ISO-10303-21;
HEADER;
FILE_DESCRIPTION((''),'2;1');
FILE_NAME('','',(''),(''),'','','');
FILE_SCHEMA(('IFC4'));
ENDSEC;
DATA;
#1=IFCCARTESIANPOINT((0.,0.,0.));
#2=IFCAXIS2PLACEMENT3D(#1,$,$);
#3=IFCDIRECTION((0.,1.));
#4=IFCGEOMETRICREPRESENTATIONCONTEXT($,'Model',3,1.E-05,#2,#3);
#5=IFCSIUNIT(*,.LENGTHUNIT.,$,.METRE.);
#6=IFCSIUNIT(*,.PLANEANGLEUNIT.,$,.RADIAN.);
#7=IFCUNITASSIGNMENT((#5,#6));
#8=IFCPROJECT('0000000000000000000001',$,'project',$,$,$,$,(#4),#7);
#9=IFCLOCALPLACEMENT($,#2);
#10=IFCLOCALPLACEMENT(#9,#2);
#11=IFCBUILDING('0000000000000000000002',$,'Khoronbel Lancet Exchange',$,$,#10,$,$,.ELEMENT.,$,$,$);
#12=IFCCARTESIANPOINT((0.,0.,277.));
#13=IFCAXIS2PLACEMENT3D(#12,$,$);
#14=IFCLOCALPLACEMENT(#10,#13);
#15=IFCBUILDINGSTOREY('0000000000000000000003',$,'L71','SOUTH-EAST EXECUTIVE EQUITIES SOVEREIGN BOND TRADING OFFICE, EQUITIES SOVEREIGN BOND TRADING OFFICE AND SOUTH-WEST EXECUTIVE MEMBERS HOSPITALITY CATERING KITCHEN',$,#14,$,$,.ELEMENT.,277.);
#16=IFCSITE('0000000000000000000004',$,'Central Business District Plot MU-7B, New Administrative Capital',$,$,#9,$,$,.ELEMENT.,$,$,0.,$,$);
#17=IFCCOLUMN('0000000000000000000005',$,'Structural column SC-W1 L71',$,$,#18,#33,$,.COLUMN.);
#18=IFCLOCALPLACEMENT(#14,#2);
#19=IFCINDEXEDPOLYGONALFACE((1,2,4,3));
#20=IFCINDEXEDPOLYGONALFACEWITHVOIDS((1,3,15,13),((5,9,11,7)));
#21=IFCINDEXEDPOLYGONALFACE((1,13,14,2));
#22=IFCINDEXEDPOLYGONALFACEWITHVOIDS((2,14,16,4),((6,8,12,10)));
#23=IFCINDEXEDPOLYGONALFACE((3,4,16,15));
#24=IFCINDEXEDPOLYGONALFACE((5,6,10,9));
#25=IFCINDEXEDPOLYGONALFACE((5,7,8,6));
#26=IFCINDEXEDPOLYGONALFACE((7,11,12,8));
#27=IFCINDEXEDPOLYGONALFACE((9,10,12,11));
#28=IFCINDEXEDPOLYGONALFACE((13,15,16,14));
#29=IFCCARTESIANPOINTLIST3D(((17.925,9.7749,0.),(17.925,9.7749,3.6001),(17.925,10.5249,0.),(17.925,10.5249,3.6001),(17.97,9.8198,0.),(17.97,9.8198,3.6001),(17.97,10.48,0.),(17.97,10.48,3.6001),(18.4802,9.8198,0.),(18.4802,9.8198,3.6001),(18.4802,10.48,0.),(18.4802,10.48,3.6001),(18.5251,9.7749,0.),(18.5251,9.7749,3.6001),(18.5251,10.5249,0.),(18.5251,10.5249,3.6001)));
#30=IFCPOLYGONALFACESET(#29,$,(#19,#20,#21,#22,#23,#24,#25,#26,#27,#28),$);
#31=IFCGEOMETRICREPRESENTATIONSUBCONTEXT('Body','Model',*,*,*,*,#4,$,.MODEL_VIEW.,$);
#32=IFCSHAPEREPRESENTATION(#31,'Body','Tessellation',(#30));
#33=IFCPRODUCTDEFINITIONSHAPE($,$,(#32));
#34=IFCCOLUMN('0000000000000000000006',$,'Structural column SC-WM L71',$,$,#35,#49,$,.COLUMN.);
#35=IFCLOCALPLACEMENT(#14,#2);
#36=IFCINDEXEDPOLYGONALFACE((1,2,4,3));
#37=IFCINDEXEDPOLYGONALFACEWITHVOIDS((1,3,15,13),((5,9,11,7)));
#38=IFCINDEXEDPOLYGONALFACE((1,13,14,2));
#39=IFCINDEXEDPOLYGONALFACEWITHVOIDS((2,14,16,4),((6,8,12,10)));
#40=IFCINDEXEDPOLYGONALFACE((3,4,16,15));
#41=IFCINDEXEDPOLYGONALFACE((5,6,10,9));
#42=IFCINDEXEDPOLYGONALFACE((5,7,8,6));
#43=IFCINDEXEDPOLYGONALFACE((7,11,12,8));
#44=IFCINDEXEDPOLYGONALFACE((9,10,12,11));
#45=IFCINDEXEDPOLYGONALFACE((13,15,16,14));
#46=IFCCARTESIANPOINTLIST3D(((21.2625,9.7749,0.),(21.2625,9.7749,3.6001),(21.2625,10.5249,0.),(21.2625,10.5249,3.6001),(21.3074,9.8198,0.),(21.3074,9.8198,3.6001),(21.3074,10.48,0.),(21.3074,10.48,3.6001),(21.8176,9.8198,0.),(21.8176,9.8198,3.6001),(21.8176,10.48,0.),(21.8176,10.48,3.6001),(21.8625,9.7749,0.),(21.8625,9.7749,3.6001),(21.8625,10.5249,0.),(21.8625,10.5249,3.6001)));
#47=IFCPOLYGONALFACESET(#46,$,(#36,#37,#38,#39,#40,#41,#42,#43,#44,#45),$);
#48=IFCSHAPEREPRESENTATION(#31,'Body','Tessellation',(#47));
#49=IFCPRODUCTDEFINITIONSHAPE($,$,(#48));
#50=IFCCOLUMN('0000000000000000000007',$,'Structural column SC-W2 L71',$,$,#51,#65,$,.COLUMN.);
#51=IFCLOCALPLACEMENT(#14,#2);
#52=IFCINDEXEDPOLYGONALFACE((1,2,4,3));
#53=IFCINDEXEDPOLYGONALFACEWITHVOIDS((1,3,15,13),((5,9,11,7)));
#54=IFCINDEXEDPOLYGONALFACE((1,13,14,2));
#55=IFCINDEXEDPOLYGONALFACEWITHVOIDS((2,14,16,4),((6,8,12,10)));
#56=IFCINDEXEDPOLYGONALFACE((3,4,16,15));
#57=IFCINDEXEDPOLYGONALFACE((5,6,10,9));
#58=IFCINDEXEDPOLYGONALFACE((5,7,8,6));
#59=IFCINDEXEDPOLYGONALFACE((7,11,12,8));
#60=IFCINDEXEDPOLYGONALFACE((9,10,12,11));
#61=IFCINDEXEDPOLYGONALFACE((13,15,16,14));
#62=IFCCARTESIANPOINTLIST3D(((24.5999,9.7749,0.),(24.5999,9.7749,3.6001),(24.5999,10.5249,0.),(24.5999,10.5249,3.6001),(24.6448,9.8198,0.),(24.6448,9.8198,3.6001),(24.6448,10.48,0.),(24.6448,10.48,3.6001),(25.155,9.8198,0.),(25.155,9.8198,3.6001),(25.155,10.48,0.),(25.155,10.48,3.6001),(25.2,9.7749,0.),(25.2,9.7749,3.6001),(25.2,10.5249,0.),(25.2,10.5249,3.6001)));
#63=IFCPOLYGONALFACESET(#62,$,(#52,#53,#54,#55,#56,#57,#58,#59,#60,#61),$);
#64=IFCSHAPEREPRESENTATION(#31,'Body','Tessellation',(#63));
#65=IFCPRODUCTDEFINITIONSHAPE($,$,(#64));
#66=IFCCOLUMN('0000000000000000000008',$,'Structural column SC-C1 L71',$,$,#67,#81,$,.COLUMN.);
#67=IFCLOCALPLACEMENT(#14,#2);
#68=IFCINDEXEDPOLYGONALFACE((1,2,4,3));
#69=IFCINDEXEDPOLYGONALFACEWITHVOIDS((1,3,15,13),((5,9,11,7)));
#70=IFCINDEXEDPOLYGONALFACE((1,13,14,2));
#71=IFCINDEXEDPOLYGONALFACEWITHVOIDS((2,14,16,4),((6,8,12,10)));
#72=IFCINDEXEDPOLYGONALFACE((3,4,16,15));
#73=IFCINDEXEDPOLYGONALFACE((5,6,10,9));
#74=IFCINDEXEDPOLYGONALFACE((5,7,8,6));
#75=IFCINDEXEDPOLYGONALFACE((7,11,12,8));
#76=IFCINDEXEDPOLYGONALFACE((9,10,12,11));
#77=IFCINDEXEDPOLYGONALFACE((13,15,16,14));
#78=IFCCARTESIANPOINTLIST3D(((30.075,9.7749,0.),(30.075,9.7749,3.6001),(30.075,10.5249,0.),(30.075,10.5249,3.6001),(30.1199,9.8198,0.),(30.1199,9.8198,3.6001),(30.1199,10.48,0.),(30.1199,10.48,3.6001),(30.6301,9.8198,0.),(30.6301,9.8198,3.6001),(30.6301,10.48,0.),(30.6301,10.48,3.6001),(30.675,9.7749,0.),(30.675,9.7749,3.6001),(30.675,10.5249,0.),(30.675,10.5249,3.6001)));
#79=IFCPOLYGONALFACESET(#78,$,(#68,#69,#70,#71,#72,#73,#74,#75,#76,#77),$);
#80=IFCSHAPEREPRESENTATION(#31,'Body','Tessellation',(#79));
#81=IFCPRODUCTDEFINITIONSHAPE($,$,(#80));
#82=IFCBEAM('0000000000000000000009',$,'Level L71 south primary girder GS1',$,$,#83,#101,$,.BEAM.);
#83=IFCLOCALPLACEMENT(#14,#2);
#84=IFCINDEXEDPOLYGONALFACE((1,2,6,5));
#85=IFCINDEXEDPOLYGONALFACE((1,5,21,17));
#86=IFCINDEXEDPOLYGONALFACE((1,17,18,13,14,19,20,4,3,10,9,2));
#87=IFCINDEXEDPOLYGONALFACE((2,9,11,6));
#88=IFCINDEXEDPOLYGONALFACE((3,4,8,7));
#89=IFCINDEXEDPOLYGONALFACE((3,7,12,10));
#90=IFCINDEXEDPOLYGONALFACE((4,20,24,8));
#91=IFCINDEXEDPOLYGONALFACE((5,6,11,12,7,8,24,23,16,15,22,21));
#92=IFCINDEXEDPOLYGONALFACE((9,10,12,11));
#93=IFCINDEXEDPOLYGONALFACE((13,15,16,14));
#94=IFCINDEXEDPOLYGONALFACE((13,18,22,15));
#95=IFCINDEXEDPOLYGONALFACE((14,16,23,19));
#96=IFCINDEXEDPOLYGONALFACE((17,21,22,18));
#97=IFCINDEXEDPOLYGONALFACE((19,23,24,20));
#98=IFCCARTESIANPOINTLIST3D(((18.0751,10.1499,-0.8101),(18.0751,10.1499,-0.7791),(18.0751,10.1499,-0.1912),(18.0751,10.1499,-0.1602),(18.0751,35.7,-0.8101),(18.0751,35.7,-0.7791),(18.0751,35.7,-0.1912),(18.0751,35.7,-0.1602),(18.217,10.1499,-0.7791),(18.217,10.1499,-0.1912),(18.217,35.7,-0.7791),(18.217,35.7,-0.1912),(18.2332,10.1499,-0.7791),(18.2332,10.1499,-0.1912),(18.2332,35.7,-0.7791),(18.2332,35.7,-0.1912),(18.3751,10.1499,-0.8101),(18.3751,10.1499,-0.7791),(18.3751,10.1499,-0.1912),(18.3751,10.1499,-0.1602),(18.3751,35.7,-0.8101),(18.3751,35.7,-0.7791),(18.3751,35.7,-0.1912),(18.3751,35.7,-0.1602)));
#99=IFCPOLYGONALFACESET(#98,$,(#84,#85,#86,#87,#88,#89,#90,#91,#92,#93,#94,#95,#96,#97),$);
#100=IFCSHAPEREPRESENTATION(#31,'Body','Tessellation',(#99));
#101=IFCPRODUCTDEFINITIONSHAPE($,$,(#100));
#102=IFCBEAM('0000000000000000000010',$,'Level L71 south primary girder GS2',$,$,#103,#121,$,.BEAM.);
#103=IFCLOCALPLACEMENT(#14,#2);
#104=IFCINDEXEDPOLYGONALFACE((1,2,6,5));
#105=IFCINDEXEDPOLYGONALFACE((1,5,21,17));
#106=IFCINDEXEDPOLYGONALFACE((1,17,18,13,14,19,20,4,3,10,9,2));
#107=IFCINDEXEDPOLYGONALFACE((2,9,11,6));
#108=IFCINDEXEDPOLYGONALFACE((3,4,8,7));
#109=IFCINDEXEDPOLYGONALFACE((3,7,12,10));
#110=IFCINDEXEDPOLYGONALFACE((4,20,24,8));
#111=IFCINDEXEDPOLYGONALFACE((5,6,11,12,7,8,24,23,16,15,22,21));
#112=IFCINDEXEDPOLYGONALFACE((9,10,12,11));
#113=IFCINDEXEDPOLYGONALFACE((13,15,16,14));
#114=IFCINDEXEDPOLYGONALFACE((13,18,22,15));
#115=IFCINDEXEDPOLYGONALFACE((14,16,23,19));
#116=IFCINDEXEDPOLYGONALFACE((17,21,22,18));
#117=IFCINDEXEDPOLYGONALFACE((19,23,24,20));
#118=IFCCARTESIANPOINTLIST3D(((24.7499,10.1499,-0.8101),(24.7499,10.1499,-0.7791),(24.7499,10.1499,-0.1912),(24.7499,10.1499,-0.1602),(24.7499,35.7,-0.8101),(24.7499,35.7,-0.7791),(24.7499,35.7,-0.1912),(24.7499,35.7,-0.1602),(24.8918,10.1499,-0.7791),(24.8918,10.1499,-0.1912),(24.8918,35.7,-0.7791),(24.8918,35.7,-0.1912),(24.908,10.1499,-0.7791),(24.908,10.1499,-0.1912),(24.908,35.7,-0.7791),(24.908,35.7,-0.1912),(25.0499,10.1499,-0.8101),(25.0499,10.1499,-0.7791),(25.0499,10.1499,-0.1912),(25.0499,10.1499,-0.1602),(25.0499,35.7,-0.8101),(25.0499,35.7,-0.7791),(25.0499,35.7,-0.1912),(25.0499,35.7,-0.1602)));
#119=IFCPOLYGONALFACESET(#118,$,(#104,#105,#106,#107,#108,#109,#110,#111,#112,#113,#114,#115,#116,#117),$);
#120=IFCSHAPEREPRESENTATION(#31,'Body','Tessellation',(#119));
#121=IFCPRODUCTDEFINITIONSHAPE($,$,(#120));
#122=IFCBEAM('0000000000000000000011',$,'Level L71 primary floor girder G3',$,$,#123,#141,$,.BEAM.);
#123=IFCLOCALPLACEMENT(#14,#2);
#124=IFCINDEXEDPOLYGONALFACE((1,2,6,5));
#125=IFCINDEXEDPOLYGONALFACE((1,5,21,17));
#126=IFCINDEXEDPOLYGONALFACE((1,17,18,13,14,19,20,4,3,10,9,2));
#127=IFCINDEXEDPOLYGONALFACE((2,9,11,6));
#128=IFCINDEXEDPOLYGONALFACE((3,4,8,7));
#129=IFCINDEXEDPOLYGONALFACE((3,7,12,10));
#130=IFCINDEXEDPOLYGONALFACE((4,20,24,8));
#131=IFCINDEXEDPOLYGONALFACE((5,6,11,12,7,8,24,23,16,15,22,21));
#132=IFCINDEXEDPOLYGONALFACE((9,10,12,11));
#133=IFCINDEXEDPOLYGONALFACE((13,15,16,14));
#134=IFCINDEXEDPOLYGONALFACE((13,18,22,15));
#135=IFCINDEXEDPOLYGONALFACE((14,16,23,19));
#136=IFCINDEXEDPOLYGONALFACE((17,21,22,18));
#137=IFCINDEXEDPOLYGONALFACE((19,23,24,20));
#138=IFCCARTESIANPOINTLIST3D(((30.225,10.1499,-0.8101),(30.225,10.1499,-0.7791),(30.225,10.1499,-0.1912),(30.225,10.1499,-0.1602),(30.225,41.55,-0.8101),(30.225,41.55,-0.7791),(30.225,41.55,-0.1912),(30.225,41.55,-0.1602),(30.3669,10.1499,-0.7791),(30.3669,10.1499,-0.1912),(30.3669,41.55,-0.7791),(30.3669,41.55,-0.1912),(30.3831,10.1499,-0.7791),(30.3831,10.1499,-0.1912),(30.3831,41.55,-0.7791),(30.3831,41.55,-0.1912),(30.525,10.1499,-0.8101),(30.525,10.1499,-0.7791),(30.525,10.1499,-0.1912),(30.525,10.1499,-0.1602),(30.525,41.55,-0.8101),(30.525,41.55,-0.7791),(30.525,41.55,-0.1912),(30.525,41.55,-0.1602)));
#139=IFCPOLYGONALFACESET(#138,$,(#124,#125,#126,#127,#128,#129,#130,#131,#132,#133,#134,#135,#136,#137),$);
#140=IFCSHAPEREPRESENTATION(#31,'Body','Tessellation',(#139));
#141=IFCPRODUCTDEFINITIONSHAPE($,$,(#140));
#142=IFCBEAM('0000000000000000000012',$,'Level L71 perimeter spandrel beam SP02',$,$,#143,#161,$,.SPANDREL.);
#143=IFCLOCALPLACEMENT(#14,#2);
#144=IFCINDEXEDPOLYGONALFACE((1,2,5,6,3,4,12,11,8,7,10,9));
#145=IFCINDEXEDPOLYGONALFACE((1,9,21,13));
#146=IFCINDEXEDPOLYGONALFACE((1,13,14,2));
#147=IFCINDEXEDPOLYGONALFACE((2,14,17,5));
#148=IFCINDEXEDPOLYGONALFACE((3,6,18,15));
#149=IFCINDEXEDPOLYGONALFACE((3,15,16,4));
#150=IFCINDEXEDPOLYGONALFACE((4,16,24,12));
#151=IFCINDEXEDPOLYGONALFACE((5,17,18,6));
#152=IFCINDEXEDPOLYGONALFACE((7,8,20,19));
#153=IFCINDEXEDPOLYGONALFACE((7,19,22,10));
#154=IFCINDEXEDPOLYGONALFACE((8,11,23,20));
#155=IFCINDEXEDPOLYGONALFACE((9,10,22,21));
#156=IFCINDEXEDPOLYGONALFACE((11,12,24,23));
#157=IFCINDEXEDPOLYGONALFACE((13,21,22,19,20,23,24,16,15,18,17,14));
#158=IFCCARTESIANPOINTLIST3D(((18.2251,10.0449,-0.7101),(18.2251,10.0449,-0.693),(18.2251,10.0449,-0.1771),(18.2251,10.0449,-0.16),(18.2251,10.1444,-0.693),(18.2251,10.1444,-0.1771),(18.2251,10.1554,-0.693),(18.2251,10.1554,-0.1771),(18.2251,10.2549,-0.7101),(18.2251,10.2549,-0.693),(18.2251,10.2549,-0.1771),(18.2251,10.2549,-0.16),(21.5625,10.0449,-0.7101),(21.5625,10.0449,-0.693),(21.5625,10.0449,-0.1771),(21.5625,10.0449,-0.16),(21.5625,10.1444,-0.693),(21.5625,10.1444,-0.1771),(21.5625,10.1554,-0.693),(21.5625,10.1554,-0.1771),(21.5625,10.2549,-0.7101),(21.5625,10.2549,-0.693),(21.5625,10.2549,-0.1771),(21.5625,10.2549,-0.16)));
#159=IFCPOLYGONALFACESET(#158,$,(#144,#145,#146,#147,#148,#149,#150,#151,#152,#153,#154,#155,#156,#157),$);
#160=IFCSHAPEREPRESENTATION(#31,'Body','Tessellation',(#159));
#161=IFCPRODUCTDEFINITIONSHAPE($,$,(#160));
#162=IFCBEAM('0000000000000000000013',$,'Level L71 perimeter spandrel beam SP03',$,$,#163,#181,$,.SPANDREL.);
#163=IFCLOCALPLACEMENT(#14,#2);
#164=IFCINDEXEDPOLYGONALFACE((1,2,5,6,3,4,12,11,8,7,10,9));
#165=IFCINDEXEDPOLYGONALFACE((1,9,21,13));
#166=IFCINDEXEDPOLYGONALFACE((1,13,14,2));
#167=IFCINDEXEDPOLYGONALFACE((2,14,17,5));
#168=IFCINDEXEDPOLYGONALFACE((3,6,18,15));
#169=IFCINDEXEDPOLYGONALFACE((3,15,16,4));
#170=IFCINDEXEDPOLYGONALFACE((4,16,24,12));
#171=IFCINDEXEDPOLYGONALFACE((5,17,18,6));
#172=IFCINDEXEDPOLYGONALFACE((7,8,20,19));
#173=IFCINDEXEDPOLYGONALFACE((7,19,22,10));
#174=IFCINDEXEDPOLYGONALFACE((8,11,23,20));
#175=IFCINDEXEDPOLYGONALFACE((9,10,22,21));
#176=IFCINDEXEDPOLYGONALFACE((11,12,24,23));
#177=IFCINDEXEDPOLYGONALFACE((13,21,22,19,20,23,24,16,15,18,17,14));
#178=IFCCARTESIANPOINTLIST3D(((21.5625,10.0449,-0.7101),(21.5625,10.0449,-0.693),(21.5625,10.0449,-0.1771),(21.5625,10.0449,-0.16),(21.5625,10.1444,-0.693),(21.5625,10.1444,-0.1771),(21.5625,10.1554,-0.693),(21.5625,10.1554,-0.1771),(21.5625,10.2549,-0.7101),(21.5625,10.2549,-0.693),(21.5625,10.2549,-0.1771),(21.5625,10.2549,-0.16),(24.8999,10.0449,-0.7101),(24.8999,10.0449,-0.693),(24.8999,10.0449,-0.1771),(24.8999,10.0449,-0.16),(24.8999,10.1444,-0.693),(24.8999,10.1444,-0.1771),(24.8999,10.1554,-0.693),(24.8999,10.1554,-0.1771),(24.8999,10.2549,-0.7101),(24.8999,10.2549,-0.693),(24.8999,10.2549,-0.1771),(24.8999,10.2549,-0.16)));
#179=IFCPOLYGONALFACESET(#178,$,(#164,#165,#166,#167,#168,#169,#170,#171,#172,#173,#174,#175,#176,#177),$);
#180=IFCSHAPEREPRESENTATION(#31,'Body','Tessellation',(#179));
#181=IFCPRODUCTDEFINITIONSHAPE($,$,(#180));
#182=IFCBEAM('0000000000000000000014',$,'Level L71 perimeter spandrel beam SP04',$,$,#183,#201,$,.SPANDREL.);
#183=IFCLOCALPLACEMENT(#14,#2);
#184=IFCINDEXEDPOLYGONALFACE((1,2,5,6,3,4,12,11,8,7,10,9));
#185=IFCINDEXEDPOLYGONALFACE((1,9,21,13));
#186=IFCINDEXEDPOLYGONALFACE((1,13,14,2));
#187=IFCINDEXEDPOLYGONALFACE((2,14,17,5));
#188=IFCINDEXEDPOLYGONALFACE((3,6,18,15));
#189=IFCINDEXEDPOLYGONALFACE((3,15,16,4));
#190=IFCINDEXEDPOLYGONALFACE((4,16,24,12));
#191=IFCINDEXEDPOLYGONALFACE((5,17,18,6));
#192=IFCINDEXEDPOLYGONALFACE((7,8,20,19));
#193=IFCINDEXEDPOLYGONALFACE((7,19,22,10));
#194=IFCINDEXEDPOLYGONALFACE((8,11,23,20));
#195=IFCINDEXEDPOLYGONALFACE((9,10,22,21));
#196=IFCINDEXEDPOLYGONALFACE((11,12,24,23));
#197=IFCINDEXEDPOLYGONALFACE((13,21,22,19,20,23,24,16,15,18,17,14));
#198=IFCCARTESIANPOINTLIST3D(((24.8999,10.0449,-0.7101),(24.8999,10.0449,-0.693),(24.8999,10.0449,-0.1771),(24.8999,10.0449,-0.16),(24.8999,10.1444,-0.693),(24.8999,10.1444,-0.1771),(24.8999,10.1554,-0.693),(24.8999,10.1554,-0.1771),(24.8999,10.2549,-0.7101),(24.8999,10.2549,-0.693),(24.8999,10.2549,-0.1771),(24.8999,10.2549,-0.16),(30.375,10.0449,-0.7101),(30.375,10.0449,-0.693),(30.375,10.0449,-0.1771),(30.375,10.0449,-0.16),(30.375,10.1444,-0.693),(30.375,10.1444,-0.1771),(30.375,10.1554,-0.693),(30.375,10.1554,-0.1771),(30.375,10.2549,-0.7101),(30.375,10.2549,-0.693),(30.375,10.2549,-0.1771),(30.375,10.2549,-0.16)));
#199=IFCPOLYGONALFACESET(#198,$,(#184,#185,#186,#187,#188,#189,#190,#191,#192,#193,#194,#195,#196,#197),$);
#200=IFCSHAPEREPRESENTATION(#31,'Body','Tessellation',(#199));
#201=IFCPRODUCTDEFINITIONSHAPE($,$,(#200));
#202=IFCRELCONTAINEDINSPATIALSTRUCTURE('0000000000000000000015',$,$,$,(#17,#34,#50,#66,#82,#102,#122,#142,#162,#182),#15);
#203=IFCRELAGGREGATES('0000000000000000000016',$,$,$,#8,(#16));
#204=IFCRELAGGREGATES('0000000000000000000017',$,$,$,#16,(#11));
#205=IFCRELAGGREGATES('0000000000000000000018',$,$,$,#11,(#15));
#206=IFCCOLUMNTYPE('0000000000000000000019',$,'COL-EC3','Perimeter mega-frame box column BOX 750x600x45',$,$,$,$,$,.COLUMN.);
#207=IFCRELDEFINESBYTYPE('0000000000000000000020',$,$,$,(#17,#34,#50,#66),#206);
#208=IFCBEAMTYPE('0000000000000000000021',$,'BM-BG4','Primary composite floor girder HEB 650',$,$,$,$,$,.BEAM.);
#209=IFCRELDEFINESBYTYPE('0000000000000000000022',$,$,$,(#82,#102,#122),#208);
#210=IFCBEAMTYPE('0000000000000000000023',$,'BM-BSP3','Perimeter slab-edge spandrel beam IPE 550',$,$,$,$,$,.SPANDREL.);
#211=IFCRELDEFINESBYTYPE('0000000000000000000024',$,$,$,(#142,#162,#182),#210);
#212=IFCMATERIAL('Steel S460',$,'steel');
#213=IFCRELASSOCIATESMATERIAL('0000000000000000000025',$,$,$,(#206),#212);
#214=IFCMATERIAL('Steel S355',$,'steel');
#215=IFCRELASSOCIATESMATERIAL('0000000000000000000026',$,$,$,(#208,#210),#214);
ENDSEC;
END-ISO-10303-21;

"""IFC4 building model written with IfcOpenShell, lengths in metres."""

from ifc_helpers import new_model, si_unit, direction, frame, origin, origin_2d, place, context, subcontext, project, spatial, hollow_rectangle, i_section, extrude, material, material_profile, profile_set, type_object, element, save


model = new_model("IFC4")

# Units and contexts
model_context = context("Model", 3, precision=1e-05, world=origin(), true_north=direction((0.0, 1.0)))
body_context = subcontext(model_context, "Body", "Model", "MODEL_VIEW")
ifc_project = project(units=[si_unit("LENGTHUNIT", "METRE"), si_unit("PLANEANGLEUNIT", "RADIAN")], contexts=[model_context])

# Site, building, storey
site_placement = place(None, origin())
site = spatial("IfcSite", under=ifc_project, at=site_placement, Name="Central Business District Plot MU-7B, New Administrative Capital", CompositionType="ELEMENT", RefElevation=0.0)
building_placement = place(site_placement, origin())
building = spatial("IfcBuilding", under=site, at=building_placement, Name="Khoronbel Lancet Exchange", CompositionType="ELEMENT")
storey_placement = place(building_placement, frame((0.0, 0.0, 277.0)))
storey = spatial("IfcBuildingStorey", under=building, at=storey_placement, Name="L71", Description="SOUTH-EAST EXECUTIVE EQUITIES SOVEREIGN BOND TRADING OFFICE, EQUITIES SOVEREIGN BOND TRADING OFFICE AND SOUTH-WEST EXECUTIVE MEMBERS HOSPITALITY CATERING KITCHEN", CompositionType="ELEMENT", Elevation=277.0)

# Columns
ifc_material_1 = material(Name="Steel S460", Category="steel")
ifc_material_profile_1 = material_profile(ifc_material_1, hollow_rectangle(XDim=0.6001, YDim=0.75, WallThickness=0.0449, at=origin_2d()), Name="BOX 750x600x45")
ifc_profile_set_1 = profile_set([ifc_material_profile_1], Name="Steel S460")
column_type = type_object("IfcColumnType", Name="COL-EC3", Description="Perimeter mega-frame box column BOX 750x600x45", PredefinedType="COLUMN", material=ifc_profile_set_1)
for number, where, z_axis, x_axis, name in (
    (1, (18.2251, 10.1499, 0.0), (0.0, 0.0, 1.0), (1.0, 0.0, 0.0), "Structural column SC-W1 L71"),
    (2, (21.5625, 10.1499, 0.0), (0.0, 0.0, 1.0), (1.0, 0.0, 0.0), "Structural column SC-WM L71"),
    (3, (24.8999, 10.1499, 0.0), (0.0, 0.0, 1.0), (1.0, 0.0, 0.0), "Structural column SC-W2 L71"),
    (4, (30.375, 10.1499, 0.0), (0.0, 0.0, 1.0), (1.0, 0.0, 0.0), "Structural column SC-C1 L71"),
):
    element("IfcColumn", number, at=place(storey_placement, frame(where, z_axis=z_axis, x_axis=x_axis)), inside=storey, type_object=column_type, Name=name, PredefinedType="COLUMN", context=body_context, shape_type="SweptSolid", body=[
        extrude(hollow_rectangle(XDim=0.6001, YDim=0.75, WallThickness=0.0449, at=origin_2d()), origin(), (0.0, 0.0, 1.0), 3.6001),
    ])

# Beams
ifc_material_2 = material(Name="Steel S355", Category="steel")
ifc_material_profile_2 = material_profile(ifc_material_2, i_section(OverallWidth=0.3, OverallDepth=0.6499, WebThickness=0.0161, FlangeThickness=0.031, at=origin_2d()), Name="HEB 650")
ifc_profile_set_2 = profile_set([ifc_material_profile_2], Name="Steel S355")
beam_type_1 = type_object("IfcBeamType", Name="BM-BG4", Description="Primary composite floor girder HEB 650", PredefinedType="BEAM", material=ifc_profile_set_2)
for number, where, z_axis, x_axis, name in (
    (5, (18.2251, 10.1499, -0.4851), (0.0, 1.0, 0.0), (-1.0, 0.0, 0.0), "Level L71 south primary girder GS1"),
    (6, (24.8999, 10.1499, -0.4851), (0.0, 1.0, 0.0), (-1.0, 0.0, 0.0), "Level L71 south primary girder GS2"),
):
    element("IfcBeam", number, at=place(storey_placement, frame(where, z_axis=z_axis, x_axis=x_axis)), inside=storey, type_object=beam_type_1, Name=name, PredefinedType="BEAM", context=body_context, shape_type="SweptSolid", body=[
        extrude(i_section(OverallWidth=0.3, OverallDepth=0.6499, WebThickness=0.0161, FlangeThickness=0.031, at=origin_2d()), origin(), (0.0, 0.0, 1.0), 25.55),
    ])
beam_1_placement = place(storey_placement, frame((30.375, 10.1499, -0.4851), z_axis=(0.0, 1.0, 0.0), x_axis=(-1.0, 0.0, 0.0)))
element("IfcBeam", 7, at=beam_1_placement, inside=storey, type_object=beam_type_1, Name="Level L71 primary floor girder G3", PredefinedType="BEAM", context=body_context, shape_type="SweptSolid", body=[
    extrude(i_section(OverallWidth=0.3, OverallDepth=0.6499, WebThickness=0.0161, FlangeThickness=0.031, at=origin_2d()), origin(), (0.0, 0.0, 1.0), 31.4001),
])
ifc_material_profile_3 = material_profile(ifc_material_2, i_section(OverallWidth=0.21, OverallDepth=0.55, WebThickness=0.011, FlangeThickness=0.0171, at=origin_2d()), Name="IPE 550")
ifc_profile_set_3 = profile_set([ifc_material_profile_3], Name="Steel S355")
beam_type_2 = type_object("IfcBeamType", Name="BM-BSP3", Description="Perimeter slab-edge spandrel beam IPE 550", PredefinedType="SPANDREL", material=ifc_profile_set_3)
for number, where, z_axis, x_axis, name in (
    (8, (18.2251, 10.1499, -0.4351), (1.0, 0.0, 0.0), (0.0, 1.0, 0.0), "Level L71 perimeter spandrel beam SP02"),
    (9, (21.5625, 10.1499, -0.4351), (1.0, 0.0, 0.0), (0.0, 1.0, 0.0), "Level L71 perimeter spandrel beam SP03"),
):
    element("IfcBeam", number, at=place(storey_placement, frame(where, z_axis=z_axis, x_axis=x_axis)), inside=storey, type_object=beam_type_2, Name=name, PredefinedType="SPANDREL", context=body_context, shape_type="SweptSolid", body=[
        extrude(i_section(OverallWidth=0.21, OverallDepth=0.55, WebThickness=0.011, FlangeThickness=0.0171, at=origin_2d()), origin(), (0.0, 0.0, 1.0), 3.3374),
    ])
beam_2_placement = place(storey_placement, frame((24.8999, 10.1499, -0.4351), z_axis=(1.0, 0.0, 0.0), x_axis=(0.0, 1.0, 0.0)))
element("IfcBeam", 10, at=beam_2_placement, inside=storey, type_object=beam_type_2, Name="Level L71 perimeter spandrel beam SP04", PredefinedType="SPANDREL", context=body_context, shape_type="SweptSolid", body=[
    extrude(i_section(OverallWidth=0.21, OverallDepth=0.55, WebThickness=0.011, FlangeThickness=0.0171, at=origin_2d()), origin(), (0.0, 0.0, 1.0), 5.4751),
])

save(model, "model.ifc")
